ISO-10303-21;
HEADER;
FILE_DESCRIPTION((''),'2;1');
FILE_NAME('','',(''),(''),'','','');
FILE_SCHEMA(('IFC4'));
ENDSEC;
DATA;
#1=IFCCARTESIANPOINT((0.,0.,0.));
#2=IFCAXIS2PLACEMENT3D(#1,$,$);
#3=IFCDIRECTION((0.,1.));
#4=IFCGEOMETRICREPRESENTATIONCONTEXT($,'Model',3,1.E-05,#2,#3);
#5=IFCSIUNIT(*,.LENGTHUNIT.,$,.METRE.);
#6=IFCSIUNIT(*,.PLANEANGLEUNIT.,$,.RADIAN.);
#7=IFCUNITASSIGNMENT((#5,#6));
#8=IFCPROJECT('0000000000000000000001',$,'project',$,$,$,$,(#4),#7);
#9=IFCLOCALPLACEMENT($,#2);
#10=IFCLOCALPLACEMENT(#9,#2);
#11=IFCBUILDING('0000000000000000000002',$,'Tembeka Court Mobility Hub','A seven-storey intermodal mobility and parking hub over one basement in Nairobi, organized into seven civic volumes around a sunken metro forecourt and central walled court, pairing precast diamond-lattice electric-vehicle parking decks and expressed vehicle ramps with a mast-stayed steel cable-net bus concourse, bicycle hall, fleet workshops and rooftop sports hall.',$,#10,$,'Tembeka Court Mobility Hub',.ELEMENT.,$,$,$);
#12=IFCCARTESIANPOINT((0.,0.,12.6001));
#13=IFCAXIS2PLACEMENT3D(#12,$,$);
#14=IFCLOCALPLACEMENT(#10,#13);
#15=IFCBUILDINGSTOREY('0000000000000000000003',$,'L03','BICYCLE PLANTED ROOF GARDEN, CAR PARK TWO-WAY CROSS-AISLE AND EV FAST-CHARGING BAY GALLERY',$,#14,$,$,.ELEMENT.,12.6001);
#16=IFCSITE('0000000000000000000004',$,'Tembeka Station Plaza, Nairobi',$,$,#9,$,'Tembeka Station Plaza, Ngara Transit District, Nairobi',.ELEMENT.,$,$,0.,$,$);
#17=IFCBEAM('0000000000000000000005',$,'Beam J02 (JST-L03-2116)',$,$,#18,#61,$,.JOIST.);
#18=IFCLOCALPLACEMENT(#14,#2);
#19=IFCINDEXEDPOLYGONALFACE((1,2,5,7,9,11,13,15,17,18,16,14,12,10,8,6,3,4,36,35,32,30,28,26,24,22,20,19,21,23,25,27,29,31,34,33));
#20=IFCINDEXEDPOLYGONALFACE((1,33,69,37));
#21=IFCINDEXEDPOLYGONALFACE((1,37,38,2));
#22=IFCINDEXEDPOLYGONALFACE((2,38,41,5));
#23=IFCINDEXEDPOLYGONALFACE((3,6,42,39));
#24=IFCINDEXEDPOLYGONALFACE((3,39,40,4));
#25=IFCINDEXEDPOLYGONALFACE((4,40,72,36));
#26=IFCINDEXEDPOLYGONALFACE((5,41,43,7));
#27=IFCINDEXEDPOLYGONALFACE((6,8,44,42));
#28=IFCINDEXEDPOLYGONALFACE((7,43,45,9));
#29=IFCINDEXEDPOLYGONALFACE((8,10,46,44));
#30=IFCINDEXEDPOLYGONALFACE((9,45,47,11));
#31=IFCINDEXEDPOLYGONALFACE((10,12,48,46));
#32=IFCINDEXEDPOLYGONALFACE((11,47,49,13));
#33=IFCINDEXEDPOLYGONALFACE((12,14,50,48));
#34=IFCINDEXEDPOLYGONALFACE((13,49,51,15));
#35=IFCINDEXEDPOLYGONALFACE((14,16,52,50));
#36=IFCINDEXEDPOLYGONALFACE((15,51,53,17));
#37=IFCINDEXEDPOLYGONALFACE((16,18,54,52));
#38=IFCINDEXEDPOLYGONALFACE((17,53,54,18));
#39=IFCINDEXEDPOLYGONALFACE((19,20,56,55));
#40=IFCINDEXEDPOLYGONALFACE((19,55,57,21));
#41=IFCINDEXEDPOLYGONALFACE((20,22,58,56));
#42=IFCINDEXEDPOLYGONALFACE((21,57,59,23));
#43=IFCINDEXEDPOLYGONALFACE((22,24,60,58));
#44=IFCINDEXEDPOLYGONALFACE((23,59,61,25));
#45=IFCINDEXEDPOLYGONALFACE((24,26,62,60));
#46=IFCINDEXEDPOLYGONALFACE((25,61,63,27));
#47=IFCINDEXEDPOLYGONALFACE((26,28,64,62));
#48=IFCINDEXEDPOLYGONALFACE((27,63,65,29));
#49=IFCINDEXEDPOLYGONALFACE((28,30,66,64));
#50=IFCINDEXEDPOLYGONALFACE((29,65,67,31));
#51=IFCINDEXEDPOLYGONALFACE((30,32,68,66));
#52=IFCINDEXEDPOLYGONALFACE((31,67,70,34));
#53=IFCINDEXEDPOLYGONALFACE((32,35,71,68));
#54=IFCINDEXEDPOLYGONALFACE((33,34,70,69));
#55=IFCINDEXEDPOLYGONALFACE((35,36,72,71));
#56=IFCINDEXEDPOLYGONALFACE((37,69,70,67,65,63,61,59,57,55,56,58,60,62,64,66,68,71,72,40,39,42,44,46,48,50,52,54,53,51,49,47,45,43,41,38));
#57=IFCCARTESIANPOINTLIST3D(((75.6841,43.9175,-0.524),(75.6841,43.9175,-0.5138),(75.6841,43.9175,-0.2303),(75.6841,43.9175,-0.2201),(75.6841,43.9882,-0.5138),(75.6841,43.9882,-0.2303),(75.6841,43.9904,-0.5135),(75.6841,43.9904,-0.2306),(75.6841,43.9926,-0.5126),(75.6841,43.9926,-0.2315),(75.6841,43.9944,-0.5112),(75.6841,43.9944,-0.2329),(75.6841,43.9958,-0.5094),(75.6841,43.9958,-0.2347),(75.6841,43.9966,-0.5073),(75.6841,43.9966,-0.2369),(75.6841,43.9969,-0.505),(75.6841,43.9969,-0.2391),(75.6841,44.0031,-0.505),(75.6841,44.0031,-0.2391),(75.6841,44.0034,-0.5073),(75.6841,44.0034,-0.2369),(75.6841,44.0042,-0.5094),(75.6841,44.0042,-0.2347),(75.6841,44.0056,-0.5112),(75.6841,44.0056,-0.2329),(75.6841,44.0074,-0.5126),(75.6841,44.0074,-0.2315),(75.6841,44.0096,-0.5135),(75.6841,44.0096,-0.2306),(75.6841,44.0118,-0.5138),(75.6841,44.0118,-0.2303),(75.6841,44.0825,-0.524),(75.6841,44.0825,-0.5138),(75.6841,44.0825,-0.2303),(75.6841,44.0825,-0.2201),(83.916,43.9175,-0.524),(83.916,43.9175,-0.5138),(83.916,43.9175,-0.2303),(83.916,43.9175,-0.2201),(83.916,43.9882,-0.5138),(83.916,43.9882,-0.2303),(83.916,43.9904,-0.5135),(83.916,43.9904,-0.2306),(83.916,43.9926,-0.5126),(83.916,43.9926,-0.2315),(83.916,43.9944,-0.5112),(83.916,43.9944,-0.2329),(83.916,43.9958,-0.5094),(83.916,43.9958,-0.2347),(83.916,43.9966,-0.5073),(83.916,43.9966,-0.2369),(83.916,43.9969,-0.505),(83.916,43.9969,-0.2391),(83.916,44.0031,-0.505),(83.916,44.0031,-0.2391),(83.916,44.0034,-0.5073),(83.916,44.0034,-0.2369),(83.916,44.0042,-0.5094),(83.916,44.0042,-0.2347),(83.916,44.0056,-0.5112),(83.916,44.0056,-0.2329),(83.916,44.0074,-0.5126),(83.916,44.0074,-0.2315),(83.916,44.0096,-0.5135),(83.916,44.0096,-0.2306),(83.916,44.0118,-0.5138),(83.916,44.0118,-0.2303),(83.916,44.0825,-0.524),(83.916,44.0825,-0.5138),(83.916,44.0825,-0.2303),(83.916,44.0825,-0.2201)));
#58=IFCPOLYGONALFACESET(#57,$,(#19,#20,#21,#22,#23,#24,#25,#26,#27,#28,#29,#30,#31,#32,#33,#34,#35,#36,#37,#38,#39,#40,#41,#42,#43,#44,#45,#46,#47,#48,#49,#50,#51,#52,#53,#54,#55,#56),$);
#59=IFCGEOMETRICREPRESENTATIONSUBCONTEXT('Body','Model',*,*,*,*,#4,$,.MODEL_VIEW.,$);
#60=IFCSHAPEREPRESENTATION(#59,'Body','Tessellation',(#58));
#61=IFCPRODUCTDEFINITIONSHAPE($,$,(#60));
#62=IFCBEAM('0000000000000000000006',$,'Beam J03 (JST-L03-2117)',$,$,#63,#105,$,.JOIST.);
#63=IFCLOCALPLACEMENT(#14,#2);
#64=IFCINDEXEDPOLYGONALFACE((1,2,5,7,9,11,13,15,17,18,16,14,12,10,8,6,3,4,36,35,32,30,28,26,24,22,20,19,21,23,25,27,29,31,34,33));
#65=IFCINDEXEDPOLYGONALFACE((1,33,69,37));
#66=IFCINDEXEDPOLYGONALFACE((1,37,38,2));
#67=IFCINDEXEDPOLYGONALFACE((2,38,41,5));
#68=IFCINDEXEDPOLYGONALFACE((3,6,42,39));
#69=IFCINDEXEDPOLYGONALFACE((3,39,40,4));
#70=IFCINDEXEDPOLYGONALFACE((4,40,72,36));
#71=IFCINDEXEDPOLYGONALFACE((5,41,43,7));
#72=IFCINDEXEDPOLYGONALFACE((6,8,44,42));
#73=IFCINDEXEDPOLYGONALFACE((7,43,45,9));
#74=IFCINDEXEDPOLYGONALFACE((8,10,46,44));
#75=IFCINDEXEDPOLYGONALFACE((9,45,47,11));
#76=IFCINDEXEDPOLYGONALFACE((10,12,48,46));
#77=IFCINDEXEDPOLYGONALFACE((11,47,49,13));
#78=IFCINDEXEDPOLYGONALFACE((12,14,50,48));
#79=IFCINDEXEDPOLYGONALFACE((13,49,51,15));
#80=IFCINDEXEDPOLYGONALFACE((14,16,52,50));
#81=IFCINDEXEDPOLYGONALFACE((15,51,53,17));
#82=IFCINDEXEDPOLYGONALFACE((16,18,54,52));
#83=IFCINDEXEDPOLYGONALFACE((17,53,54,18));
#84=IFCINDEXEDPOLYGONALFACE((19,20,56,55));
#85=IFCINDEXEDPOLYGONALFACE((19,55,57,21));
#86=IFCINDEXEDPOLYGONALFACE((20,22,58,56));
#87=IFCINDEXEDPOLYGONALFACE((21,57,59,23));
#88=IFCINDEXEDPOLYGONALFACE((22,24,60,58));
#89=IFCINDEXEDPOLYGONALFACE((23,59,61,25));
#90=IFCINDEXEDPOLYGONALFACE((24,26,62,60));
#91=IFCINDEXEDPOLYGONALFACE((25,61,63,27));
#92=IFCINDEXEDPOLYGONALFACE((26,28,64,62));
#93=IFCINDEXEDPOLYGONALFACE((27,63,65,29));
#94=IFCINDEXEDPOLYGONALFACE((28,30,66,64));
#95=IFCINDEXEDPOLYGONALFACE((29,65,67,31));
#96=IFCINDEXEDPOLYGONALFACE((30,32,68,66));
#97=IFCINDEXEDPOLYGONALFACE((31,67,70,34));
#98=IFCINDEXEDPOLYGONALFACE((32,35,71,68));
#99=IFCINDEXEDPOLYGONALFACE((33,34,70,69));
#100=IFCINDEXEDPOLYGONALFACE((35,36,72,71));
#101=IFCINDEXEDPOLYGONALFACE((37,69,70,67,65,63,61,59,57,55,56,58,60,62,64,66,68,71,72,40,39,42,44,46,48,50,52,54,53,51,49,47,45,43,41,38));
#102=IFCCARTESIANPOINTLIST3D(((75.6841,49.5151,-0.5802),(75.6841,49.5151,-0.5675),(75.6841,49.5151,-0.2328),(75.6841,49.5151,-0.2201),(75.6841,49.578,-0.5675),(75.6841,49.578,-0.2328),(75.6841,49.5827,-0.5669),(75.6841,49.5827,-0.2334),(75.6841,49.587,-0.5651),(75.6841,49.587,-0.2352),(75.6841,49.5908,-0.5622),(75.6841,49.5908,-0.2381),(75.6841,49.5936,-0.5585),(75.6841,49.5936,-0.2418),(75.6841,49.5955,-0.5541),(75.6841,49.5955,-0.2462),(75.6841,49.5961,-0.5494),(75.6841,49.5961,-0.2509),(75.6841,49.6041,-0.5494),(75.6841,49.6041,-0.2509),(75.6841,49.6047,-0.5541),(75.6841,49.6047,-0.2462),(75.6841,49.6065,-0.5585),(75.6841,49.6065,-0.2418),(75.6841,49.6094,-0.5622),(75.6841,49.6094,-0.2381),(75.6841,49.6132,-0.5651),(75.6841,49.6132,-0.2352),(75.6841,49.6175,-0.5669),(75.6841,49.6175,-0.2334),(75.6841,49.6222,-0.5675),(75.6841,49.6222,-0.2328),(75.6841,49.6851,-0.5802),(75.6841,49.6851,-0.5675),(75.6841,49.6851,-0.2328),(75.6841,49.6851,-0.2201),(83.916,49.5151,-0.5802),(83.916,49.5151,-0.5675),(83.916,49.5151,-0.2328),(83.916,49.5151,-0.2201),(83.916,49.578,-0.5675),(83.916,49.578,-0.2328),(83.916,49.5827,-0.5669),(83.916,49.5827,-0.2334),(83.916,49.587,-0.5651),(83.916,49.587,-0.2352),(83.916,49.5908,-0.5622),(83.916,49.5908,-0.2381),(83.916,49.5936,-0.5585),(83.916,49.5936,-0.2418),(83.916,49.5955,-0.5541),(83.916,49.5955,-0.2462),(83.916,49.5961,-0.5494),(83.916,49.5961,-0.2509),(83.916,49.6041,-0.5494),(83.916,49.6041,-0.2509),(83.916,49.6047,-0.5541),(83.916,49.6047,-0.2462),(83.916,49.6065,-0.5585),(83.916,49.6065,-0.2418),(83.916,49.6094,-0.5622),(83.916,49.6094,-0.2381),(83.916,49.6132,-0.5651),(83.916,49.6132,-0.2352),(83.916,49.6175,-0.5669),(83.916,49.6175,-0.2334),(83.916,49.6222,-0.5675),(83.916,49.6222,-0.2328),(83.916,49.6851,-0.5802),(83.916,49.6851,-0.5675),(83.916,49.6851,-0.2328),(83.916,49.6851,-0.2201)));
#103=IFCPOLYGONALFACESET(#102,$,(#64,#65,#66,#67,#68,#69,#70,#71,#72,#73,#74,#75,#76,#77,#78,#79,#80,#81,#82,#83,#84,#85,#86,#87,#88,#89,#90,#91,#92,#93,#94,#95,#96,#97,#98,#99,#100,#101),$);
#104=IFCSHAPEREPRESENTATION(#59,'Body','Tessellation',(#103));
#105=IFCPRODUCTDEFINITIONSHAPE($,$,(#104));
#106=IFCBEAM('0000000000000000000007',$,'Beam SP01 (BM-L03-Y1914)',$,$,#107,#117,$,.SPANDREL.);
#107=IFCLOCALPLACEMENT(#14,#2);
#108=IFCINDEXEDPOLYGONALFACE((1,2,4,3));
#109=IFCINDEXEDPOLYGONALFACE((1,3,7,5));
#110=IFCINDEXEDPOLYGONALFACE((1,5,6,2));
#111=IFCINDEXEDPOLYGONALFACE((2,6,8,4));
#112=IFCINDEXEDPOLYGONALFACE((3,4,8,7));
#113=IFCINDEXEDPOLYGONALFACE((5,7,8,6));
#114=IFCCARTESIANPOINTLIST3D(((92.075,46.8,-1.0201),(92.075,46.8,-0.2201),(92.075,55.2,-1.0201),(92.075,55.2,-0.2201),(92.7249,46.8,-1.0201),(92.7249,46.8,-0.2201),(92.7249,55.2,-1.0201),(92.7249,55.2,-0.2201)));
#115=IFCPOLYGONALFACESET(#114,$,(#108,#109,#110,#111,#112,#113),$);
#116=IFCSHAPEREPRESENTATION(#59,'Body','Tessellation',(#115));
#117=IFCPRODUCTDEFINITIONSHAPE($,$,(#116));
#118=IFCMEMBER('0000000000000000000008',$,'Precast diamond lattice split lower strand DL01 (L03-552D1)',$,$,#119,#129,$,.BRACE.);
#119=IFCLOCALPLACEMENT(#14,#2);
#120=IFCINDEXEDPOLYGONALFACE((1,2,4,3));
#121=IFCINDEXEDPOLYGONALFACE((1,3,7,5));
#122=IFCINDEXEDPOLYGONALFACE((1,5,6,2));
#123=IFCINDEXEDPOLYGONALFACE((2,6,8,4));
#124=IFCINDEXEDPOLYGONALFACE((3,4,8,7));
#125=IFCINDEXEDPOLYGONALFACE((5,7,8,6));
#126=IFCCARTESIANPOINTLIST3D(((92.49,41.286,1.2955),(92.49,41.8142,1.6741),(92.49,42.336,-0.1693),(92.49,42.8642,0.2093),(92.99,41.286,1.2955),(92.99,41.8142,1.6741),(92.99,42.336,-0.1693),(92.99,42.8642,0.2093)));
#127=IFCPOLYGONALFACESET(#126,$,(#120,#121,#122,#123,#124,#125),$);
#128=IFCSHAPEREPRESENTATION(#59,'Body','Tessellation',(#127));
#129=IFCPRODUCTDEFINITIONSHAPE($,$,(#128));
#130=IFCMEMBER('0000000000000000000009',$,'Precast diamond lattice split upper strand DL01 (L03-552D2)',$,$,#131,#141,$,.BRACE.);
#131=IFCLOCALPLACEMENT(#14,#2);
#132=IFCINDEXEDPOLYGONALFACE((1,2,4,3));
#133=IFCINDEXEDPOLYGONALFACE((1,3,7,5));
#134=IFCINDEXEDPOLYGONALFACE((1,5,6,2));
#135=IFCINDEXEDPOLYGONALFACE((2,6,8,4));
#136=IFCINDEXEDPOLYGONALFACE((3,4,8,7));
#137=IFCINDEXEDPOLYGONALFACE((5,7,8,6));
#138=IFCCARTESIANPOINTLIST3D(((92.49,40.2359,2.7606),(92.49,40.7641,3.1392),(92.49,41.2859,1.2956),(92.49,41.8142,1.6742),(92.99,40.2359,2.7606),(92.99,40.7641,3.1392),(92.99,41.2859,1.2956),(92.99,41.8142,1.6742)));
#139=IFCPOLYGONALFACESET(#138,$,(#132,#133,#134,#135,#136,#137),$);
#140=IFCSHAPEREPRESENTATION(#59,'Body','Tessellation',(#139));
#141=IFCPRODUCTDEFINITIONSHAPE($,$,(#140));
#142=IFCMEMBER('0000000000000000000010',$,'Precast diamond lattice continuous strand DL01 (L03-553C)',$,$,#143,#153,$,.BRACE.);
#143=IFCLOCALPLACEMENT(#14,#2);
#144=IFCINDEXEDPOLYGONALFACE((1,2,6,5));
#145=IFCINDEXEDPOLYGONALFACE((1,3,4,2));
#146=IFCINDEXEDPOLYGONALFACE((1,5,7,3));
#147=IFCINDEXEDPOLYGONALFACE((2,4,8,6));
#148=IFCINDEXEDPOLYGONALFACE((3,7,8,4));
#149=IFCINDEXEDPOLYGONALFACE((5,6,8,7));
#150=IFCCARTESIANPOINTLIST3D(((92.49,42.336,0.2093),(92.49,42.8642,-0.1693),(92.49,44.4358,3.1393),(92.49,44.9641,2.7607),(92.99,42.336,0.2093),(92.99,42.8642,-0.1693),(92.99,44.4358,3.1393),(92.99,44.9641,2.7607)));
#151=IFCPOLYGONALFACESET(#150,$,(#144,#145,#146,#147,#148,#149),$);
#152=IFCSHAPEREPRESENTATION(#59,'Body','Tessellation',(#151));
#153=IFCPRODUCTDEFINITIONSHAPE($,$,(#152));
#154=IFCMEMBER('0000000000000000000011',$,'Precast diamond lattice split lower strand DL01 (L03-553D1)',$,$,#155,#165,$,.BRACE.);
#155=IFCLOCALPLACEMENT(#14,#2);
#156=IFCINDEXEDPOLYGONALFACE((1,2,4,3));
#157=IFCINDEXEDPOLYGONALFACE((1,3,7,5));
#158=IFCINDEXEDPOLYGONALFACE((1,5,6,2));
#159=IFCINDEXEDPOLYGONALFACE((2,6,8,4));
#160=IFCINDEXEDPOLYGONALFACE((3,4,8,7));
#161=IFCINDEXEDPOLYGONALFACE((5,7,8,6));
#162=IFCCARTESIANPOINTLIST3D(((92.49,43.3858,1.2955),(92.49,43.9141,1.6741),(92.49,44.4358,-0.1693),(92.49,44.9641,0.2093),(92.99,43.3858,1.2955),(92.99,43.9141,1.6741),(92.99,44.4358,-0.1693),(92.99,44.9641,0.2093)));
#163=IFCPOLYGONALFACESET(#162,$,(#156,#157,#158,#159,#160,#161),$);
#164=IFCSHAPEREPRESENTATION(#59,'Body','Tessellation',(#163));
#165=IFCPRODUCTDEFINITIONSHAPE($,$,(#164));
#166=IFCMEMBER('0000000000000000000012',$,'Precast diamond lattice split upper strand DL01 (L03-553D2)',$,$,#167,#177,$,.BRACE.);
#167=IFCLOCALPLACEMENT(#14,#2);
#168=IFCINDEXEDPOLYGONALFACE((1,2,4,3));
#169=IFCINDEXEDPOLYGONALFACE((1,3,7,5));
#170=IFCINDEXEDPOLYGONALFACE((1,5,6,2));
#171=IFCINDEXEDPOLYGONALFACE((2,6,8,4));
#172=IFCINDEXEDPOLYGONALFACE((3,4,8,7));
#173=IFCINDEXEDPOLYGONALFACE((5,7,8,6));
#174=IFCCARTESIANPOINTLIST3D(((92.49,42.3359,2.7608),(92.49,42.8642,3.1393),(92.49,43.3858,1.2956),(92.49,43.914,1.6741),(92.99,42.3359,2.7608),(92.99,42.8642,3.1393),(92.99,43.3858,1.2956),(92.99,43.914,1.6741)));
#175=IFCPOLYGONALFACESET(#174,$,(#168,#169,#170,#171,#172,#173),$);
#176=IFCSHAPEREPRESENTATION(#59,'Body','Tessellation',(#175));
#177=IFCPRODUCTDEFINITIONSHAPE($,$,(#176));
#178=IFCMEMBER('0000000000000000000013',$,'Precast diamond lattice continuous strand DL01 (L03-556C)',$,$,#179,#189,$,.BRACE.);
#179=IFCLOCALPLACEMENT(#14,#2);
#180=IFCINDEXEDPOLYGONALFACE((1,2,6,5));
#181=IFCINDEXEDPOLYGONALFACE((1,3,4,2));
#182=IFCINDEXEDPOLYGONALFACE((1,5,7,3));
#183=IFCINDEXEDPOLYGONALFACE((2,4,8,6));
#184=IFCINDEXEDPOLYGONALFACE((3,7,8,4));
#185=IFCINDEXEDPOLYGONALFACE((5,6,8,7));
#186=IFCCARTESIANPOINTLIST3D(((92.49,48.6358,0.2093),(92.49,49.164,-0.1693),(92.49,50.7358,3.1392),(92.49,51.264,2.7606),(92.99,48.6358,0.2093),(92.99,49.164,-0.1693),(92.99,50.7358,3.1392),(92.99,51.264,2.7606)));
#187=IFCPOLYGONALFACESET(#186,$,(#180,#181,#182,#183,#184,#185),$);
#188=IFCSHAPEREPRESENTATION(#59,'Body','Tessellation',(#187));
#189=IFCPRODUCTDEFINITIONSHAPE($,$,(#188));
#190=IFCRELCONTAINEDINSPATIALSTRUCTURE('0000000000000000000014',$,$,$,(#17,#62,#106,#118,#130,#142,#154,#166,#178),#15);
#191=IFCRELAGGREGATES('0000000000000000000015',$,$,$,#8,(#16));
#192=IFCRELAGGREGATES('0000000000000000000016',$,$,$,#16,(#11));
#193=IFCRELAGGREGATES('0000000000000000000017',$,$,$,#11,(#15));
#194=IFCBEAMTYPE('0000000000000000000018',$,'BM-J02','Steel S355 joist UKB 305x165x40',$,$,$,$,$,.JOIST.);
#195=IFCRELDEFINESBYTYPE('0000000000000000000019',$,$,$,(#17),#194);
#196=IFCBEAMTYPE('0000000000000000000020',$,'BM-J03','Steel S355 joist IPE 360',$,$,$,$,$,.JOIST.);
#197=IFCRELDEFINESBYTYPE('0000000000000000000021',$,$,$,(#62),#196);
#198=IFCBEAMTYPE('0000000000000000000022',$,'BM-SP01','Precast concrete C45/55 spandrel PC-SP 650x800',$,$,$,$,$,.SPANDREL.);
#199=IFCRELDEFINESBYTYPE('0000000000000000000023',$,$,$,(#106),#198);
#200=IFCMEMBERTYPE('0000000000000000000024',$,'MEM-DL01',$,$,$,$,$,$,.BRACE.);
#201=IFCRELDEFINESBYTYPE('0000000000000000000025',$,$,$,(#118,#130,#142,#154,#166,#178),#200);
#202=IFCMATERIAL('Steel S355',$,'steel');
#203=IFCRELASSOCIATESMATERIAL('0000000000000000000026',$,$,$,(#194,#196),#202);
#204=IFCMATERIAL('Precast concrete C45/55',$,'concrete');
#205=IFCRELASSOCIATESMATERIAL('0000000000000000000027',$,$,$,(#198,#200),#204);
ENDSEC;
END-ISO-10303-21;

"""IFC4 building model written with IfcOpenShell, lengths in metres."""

from ifc_helpers import new_model, si_unit, direction, frame, origin, origin_2d, place, context, subcontext, project, spatial, rectangle, i_section, extrude, material, material_profile, profile_set, type_object, element, save


model = new_model("IFC4")

# Units and contexts
model_context = context("Model", 3, precision=1e-05, world=origin(), true_north=direction((0.0, 1.0)))
body_context = subcontext(model_context, "Body", "Model", "MODEL_VIEW")
ifc_project = project(units=[si_unit("LENGTHUNIT", "METRE"), si_unit("PLANEANGLEUNIT", "RADIAN")], contexts=[model_context])

# Site, building, storey
site_placement = place(None, origin())
site = spatial("IfcSite", under=ifc_project, at=site_placement, Name="Tembeka Station Plaza, Nairobi", LongName="Tembeka Station Plaza, Ngara Transit District, Nairobi", CompositionType="ELEMENT", RefElevation=0.0)
building_placement = place(site_placement, origin())
building = spatial("IfcBuilding", under=site, at=building_placement, Name="Tembeka Court Mobility Hub", Description="A seven-storey intermodal mobility and parking hub over one basement in Nairobi, organized into seven civic volumes around a sunken metro forecourt and central walled court, pairing precast diamond-lattice electric-vehicle parking decks and expressed vehicle ramps with a mast-stayed steel cable-net bus concourse, bicycle hall, fleet workshops and rooftop sports hall.", LongName="Tembeka Court Mobility Hub", CompositionType="ELEMENT")
storey_placement = place(building_placement, frame((0.0, 0.0, 12.6001)))
storey = spatial("IfcBuildingStorey", under=building, at=storey_placement, Name="L03", Description="BICYCLE PLANTED ROOF GARDEN, CAR PARK TWO-WAY CROSS-AISLE AND EV FAST-CHARGING BAY GALLERY", CompositionType="ELEMENT", Elevation=12.6001)

# Shared definitions
ifc_material_1 = material(Name="Steel S355", Category="steel")

# Beams
ifc_material_profile_1 = material_profile(ifc_material_1, i_section(OverallWidth=0.165, OverallDepth=0.304, WebThickness=0.0061, FlangeThickness=0.0103, FilletRadius=0.0088, at=origin_2d()), Name="UKB 305x165x40")
ifc_profile_set_1 = profile_set([ifc_material_profile_1], Name="Steel S355")
beam_type_1 = type_object("IfcBeamType", Name="BM-J02", Description="Steel S355 joist UKB 305x165x40", PredefinedType="JOIST", material=ifc_profile_set_1)
beam_1_placement = place(storey_placement, frame((75.6841, 44.0, -0.3721), z_axis=(1.0, 0.0, 0.0), x_axis=(0.0, 1.0, 0.0)))
element("IfcBeam", 1, at=beam_1_placement, inside=storey, type_object=beam_type_1, Name="Beam J02 (JST-L03-2116)", PredefinedType="JOIST", context=body_context, shape_type="SweptSolid", body=[
    extrude(i_section(OverallWidth=0.165, OverallDepth=0.304, WebThickness=0.0061, FlangeThickness=0.0103, FilletRadius=0.0088, at=origin_2d()), origin(), (0.0, 0.0, 1.0), 8.2319),
])
ifc_material_profile_2 = material_profile(ifc_material_1, i_section(OverallWidth=0.1699, OverallDepth=0.3601, WebThickness=0.0081, FlangeThickness=0.0127, FilletRadius=0.0181, at=origin_2d()), Name="IPE 360")
ifc_profile_set_2 = profile_set([ifc_material_profile_2], Name="Steel S355")
beam_type_2 = type_object("IfcBeamType", Name="BM-J03", Description="Steel S355 joist IPE 360", PredefinedType="JOIST", material=ifc_profile_set_2)
beam_2_placement = place(storey_placement, frame((75.6841, 49.6001, -0.4001), z_axis=(1.0, 0.0, 0.0), x_axis=(0.0, 1.0, 0.0)))
element("IfcBeam", 2, at=beam_2_placement, inside=storey, type_object=beam_type_2, Name="Beam J03 (JST-L03-2117)", PredefinedType="JOIST", context=body_context, shape_type="SweptSolid", body=[
    extrude(i_section(OverallWidth=0.1699, OverallDepth=0.3601, WebThickness=0.0081, FlangeThickness=0.0127, FilletRadius=0.0181, at=origin_2d()), origin(), (0.0, 0.0, 1.0), 8.2319),
])
ifc_material_2 = material(Name="Precast concrete C45/55", Category="concrete")
ifc_material_profile_3 = material_profile(ifc_material_2, rectangle(XDim=0.6499, YDim=0.8, at=origin_2d()), Name="PC-SP 650x800")
ifc_profile_set_3 = profile_set([ifc_material_profile_3], Name="Precast concrete C45/55")
beam_type_3 = type_object("IfcBeamType", Name="BM-SP01", Description="Precast concrete C45/55 spandrel PC-SP 650x800", PredefinedType="SPANDREL", material=ifc_profile_set_3)
beam_3_placement = place(storey_placement, frame((92.3999, 46.8, -0.6201), z_axis=(0.0, 1.0, 0.0), x_axis=(-1.0, 0.0, 0.0)))
element("IfcBeam", 3, at=beam_3_placement, inside=storey, type_object=beam_type_3, Name="Beam SP01 (BM-L03-Y1914)", PredefinedType="SPANDREL", context=body_context, shape_type="SweptSolid", body=[
    extrude(rectangle(XDim=0.6499, YDim=0.8, at=origin_2d()), origin(), (0.0, 0.0, 1.0), 8.3999),
])

# Members
ifc_material_profile_4 = material_profile(ifc_material_2, rectangle(XDim=0.5, YDim=0.6499, at=origin_2d()), Name="PC-DIAG 500x650")
ifc_profile_set_4 = profile_set([ifc_material_profile_4], Name="Precast concrete C45/55")
member_type_1 = type_object("IfcMemberType", Name="MEM-DL01", PredefinedType="BRACE", material=ifc_profile_set_4)
member_1_placement = place(storey_placement, frame((92.74, 42.6001, 0.02), z_axis=(0.0, -0.582608, 0.812753), x_axis=(1.0, 0.0, 0.0)))
element("IfcMember", 4, at=member_1_placement, inside=storey, type_object=member_type_1, Name="Precast diamond lattice split lower strand DL01 (L03-552D1)", PredefinedType="BRACE", context=body_context, shape_type="SweptSolid", body=[
    extrude(rectangle(XDim=0.5, YDim=0.6499, at=origin_2d()), origin(), (0.0, 0.0, 1.0), 1.8022),
])
member_2_placement = place(storey_placement, frame((92.74, 41.55, 1.4849), z_axis=(0.0, -0.582544, 0.812799), x_axis=(1.0, 0.0, 0.0)))
element("IfcMember", 5, at=member_2_placement, inside=storey, type_object=member_type_1, Name="Precast diamond lattice split upper strand DL01 (L03-552D2)", PredefinedType="BRACE", context=body_context, shape_type="SweptSolid", body=[
    extrude(rectangle(XDim=0.5, YDim=0.6499, at=origin_2d()), origin(), (0.0, 0.0, 1.0), 1.8025),
])
member_3_placement = place(storey_placement, frame((92.74, 42.6001, 0.02), z_axis=(0.0, 0.582532, 0.812808), x_axis=(-1.0, 0.0, 0.0)))
element("IfcMember", 6, at=member_3_placement, inside=storey, type_object=member_type_1, Name="Precast diamond lattice continuous strand DL01 (L03-553C)", PredefinedType="BRACE", context=body_context, shape_type="SweptSolid", body=[
    extrude(rectangle(XDim=0.5, YDim=0.6499, at=origin_2d()), origin(), (0.0, 0.0, 1.0), 3.6047),
])
member_4_placement = place(storey_placement, frame((92.74, 44.7, 0.02), z_axis=(0.0, -0.582608, 0.812753), x_axis=(1.0, 0.0, 0.0)))
element("IfcMember", 7, at=member_4_placement, inside=storey, type_object=member_type_1, Name="Precast diamond lattice split lower strand DL01 (L03-553D1)", PredefinedType="BRACE", context=body_context, shape_type="SweptSolid", body=[
    extrude(rectangle(XDim=0.5, YDim=0.6499, at=origin_2d()), origin(), (0.0, 0.0, 1.0), 1.8022),
])
member_5_placement = place(storey_placement, frame((92.74, 43.6499, 1.4849), z_axis=(0.0, -0.582455, 0.812863), x_axis=(1.0, 0.0, 0.0)))
element("IfcMember", 8, at=member_5_placement, inside=storey, type_object=member_type_1, Name="Precast diamond lattice split upper strand DL01 (L03-553D2)", PredefinedType="BRACE", context=body_context, shape_type="SweptSolid", body=[
    extrude(rectangle(XDim=0.5, YDim=0.6499, at=origin_2d()), origin(), (0.0, 0.0, 1.0), 1.8025),
])
member_6_placement = place(storey_placement, frame((92.74, 48.8999, 0.02), z_axis=(0.0, 0.582576, 0.812776), x_axis=(-1.0, 0.0, 0.0)))
element("IfcMember", 9, at=member_6_placement, inside=storey, type_object=member_type_1, Name="Precast diamond lattice continuous strand DL01 (L03-556C)", PredefinedType="BRACE", context=body_context, shape_type="SweptSolid", body=[
    extrude(rectangle(XDim=0.5, YDim=0.6499, at=origin_2d()), origin(), (0.0, 0.0, 1.0), 3.6047),
])

save(model, "model.ifc")
